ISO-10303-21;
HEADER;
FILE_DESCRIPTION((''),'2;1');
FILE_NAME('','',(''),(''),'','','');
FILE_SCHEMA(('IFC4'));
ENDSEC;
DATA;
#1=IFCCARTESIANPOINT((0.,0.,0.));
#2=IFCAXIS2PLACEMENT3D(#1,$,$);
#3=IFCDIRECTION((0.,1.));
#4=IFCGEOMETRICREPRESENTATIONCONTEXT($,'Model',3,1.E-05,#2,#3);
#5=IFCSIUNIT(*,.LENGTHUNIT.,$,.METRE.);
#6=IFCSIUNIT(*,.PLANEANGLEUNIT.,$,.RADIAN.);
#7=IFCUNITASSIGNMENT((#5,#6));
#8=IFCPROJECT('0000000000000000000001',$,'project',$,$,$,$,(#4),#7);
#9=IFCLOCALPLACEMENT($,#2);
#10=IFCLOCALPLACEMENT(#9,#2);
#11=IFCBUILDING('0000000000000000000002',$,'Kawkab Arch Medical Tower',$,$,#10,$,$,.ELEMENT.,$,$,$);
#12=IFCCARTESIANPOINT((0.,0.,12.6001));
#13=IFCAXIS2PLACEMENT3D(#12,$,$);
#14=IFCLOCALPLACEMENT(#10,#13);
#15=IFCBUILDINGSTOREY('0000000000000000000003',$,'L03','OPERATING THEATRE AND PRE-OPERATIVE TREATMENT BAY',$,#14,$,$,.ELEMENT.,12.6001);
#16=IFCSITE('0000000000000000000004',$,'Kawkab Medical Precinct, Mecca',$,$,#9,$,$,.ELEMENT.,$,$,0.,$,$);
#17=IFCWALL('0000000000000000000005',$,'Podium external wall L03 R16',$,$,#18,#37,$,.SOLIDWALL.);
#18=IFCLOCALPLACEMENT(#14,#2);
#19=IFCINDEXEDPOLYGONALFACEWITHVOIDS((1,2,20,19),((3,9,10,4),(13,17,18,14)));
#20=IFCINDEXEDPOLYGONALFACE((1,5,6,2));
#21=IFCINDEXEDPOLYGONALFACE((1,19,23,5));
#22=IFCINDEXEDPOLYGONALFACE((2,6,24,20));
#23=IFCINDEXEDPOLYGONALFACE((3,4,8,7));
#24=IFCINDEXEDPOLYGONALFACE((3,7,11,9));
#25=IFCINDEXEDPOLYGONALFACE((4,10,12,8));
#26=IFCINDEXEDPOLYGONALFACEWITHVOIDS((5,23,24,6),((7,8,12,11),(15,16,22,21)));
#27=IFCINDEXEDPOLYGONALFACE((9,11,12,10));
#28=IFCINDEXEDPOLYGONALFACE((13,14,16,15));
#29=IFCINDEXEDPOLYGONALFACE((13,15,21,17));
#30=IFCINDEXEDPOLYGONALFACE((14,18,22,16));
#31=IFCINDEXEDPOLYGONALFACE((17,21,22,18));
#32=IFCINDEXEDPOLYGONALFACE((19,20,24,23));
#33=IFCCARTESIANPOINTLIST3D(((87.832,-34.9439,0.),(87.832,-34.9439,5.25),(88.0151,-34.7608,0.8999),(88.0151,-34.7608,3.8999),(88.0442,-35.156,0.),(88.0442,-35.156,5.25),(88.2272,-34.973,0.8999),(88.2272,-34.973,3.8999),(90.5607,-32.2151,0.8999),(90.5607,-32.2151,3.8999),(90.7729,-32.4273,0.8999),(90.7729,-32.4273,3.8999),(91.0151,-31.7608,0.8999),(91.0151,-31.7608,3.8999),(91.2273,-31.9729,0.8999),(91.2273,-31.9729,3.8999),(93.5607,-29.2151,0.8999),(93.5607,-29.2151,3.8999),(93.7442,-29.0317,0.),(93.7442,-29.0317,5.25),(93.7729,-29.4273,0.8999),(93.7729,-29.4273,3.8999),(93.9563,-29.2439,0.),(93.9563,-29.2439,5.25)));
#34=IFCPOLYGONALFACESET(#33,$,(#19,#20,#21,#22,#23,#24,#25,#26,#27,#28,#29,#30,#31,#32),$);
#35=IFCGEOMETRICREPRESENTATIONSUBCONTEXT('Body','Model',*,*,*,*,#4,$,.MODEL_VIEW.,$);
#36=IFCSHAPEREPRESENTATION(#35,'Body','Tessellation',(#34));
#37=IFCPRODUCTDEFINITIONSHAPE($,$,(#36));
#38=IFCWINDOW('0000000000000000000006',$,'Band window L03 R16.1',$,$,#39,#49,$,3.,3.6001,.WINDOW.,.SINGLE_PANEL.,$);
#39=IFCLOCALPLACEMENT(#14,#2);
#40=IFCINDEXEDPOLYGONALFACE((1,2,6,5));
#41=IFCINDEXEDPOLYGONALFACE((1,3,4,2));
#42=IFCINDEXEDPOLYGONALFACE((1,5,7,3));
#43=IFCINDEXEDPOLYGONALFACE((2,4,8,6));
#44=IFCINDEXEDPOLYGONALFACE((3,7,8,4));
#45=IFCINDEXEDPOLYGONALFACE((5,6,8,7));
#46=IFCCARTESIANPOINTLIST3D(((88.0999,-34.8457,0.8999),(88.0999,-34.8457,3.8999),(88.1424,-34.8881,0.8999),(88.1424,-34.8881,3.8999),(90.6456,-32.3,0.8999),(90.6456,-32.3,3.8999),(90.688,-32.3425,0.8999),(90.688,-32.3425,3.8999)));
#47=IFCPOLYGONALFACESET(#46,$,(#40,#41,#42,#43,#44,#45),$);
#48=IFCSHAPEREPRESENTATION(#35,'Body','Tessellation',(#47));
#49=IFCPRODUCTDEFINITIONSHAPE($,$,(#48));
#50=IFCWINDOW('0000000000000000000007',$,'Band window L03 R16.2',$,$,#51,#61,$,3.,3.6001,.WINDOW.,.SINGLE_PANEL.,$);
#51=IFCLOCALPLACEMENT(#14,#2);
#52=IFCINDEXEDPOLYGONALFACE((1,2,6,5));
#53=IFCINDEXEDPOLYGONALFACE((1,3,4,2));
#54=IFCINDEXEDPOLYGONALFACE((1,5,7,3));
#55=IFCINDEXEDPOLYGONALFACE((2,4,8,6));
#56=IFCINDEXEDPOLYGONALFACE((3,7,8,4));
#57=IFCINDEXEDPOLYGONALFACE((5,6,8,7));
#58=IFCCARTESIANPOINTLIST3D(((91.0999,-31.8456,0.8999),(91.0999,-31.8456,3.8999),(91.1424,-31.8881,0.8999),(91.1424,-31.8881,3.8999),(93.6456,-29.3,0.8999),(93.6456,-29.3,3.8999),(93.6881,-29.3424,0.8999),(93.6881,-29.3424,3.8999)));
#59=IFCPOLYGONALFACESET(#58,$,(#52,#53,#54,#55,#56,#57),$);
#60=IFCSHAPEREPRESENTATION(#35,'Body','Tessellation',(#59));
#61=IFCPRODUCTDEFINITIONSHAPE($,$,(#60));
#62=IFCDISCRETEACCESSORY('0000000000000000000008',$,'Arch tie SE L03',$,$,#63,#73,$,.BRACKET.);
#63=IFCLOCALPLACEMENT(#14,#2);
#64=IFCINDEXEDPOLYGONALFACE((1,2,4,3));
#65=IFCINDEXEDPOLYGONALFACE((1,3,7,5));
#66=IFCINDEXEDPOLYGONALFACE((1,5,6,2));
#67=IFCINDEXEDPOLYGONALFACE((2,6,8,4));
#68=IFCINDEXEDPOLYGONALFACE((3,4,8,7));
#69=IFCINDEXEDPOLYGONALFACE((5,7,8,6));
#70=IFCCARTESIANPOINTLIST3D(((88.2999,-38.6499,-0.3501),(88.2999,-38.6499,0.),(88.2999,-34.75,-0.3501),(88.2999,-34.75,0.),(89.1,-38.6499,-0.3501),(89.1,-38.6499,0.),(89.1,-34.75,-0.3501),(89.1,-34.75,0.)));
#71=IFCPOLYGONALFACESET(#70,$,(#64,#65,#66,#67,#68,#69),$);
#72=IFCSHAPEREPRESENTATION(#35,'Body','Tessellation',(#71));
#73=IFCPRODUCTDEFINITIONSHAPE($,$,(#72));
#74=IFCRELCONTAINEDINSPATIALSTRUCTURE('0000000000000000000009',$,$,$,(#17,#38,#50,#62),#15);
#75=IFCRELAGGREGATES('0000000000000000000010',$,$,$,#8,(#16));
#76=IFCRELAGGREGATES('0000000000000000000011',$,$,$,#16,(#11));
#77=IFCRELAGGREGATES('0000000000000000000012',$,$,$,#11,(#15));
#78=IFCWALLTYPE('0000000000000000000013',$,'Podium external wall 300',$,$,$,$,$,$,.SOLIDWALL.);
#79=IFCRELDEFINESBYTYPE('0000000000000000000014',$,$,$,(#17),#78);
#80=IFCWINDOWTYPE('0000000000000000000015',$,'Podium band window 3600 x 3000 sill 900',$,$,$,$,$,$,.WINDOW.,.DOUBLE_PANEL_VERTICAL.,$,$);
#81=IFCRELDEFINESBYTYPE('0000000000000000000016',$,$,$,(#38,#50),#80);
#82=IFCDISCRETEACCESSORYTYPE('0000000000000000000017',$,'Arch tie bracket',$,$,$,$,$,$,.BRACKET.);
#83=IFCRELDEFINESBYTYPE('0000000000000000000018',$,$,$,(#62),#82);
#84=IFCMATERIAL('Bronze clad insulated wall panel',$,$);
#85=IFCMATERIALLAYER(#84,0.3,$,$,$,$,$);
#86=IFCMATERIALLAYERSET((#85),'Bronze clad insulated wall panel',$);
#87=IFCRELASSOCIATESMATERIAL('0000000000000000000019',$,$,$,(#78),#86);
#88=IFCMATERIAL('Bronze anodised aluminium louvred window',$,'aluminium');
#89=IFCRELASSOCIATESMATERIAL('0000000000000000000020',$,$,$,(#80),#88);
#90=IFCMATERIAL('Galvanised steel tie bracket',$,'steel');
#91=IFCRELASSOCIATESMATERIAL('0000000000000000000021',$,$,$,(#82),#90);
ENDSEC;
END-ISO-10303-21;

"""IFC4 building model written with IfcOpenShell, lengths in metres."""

from ifc_helpers import new_model, si_unit, direction, frame, frame_2d, origin, origin_2d, place, context, subcontext, project, spatial, rectangle, extrude, material, layer, layer_set, type_object, element, fill, save


model = new_model("IFC4")

# Units and contexts
model_context = context("Model", 3, precision=1e-05, world=origin(), true_north=direction((0.0, 1.0)))
body_context = subcontext(model_context, "Body", "Model", "MODEL_VIEW")
ifc_project = project(units=[si_unit("LENGTHUNIT", "METRE"), si_unit("PLANEANGLEUNIT", "RADIAN")], contexts=[model_context])

# Site, building, storey
site_placement = place(None, origin())
site = spatial("IfcSite", under=ifc_project, at=site_placement, Name="Kawkab Medical Precinct, Mecca", CompositionType="ELEMENT", RefElevation=0.0)
building_placement = place(site_placement, origin())
building = spatial("IfcBuilding", under=site, at=building_placement, Name="Kawkab Arch Medical Tower", CompositionType="ELEMENT")
storey_placement = place(building_placement, frame((0.0, 0.0, 12.6001)))
storey = spatial("IfcBuildingStorey", under=building, at=storey_placement, Name="L03", Description="OPERATING THEATRE AND PRE-OPERATIVE TREATMENT BAY", CompositionType="ELEMENT", Elevation=12.6001)

# Wall, openings, windows
ifc_material_1 = material(Name="Bronze clad insulated wall panel")
ifc_layer_1 = layer(ifc_material_1, 0.3)
ifc_layer_set_1 = layer_set([ifc_layer_1], Name="Bronze clad insulated wall panel")
wall_type_1 = type_object("IfcWallType", Name="Podium external wall 300", PredefinedType="SOLIDWALL", material=ifc_layer_set_1)
ifc_material_2 = material(Name="Bronze anodised aluminium louvred window", Category="aluminium")
window_type_1 = type_object("IfcWindowType", Name="Podium band window 3600 x 3000 sill 900", PartitioningType="DOUBLE_PANEL_VERTICAL", PredefinedType="WINDOW", material=ifc_material_2)
wall_1_placement = place(storey_placement, frame((87.938, -35.05, 0.0), z_axis=(0.0, 0.0, 1.0), x_axis=(0.707107, 0.707107, 0.0)))
wall_1 = element("IfcWall", 1, at=wall_1_placement, inside=storey, type_object=wall_type_1, Name="Podium external wall L03 R16", PredefinedType="SOLIDWALL", context=body_context, shape_type="SweptSolid", body=[
    extrude(rectangle(XDim=8.3611, YDim=0.3, at=frame_2d((4.1807, 0.0))), origin(), (0.0, 0.0, 1.0), 5.25),
])
opening_1_placement = place(wall_1_placement, frame((0.259, 0.0, 0.8999)))
opening_1 = element("IfcOpeningElement", 2, at=opening_1_placement, cuts=wall_1, PredefinedType="OPENING", context=body_context, shape_type="SweptSolid", body=[
    extrude(rectangle(XDim=3.6001, YDim=3.0, at=frame_2d((1.8, 1.5))), frame((0.0, 0.1599, 0.0), z_axis=(0.0, -1.0, 0.0), x_axis=(1.0, 0.0, 0.0)), (0.0, 0.0, 1.0), 0.3201),
])
opening_2_placement = place(wall_1_placement, frame((4.5017, 0.0, 0.8999)))
opening_2 = element("IfcOpeningElement", 3, at=opening_2_placement, cuts=wall_1, PredefinedType="OPENING", context=body_context, shape_type="SweptSolid", body=[
    extrude(rectangle(XDim=3.6001, YDim=3.0, at=frame_2d((1.8, 1.5))), frame((0.0, 0.1599, 0.0), z_axis=(0.0, -1.0, 0.0), x_axis=(1.0, 0.0, 0.0)), (0.0, 0.0, 1.0), 0.3201),
])
window_1_placement = place(opening_1_placement, origin())
window_1 = element("IfcWindow", 4, at=window_1_placement, inside=storey, type_object=window_type_1, Name="Band window L03 R16.1", OverallHeight=3.0, OverallWidth=3.6001, PartitioningType="SINGLE_PANEL", PredefinedType="WINDOW", context=body_context, shape_type="SweptSolid", body=[
    extrude(rectangle(XDim=3.6001, YDim=3.0, at=frame_2d((1.8, 1.5))), frame((0.0, 0.03, 0.0), z_axis=(0.0, -1.0, 0.0), x_axis=(1.0, 0.0, 0.0)), (0.0, 0.0, 1.0), 0.0601),
])
fill(opening_1, window_1)
window_2_placement = place(opening_2_placement, origin())
window_2 = element("IfcWindow", 5, at=window_2_placement, inside=storey, type_object=window_type_1, Name="Band window L03 R16.2", OverallHeight=3.0, OverallWidth=3.6001, PartitioningType="SINGLE_PANEL", PredefinedType="WINDOW", context=body_context, shape_type="SweptSolid", body=[
    extrude(rectangle(XDim=3.6001, YDim=3.0, at=frame_2d((1.8, 1.5))), frame((0.0, 0.03, 0.0), z_axis=(0.0, -1.0, 0.0), x_axis=(1.0, 0.0, 0.0)), (0.0, 0.0, 1.0), 0.0601),
])
fill(opening_2, window_2)

# Discrete accessory
ifc_material_3 = material(Name="Galvanised steel tie bracket", Category="steel")
discrete_accessory_type = type_object("IfcDiscreteAccessoryType", Name="Arch tie bracket", PredefinedType="BRACKET", material=ifc_material_3)
discrete_accessory_placement = place(storey_placement, frame((88.7, -36.7, -0.3501), z_axis=(0.0, 0.0, 1.0), x_axis=(1.0, 0.0, 0.0)))
element("IfcDiscreteAccessory", 6, at=discrete_accessory_placement, inside=storey, type_object=discrete_accessory_type, Name="Arch tie SE L03", PredefinedType="BRACKET", context=body_context, shape_type="SweptSolid", body=[
    extrude(rectangle(XDim=0.8, YDim=3.8999, at=origin_2d()), origin(), (0.0, 0.0, 1.0), 0.3501),
])

save(model, "model.ifc")
